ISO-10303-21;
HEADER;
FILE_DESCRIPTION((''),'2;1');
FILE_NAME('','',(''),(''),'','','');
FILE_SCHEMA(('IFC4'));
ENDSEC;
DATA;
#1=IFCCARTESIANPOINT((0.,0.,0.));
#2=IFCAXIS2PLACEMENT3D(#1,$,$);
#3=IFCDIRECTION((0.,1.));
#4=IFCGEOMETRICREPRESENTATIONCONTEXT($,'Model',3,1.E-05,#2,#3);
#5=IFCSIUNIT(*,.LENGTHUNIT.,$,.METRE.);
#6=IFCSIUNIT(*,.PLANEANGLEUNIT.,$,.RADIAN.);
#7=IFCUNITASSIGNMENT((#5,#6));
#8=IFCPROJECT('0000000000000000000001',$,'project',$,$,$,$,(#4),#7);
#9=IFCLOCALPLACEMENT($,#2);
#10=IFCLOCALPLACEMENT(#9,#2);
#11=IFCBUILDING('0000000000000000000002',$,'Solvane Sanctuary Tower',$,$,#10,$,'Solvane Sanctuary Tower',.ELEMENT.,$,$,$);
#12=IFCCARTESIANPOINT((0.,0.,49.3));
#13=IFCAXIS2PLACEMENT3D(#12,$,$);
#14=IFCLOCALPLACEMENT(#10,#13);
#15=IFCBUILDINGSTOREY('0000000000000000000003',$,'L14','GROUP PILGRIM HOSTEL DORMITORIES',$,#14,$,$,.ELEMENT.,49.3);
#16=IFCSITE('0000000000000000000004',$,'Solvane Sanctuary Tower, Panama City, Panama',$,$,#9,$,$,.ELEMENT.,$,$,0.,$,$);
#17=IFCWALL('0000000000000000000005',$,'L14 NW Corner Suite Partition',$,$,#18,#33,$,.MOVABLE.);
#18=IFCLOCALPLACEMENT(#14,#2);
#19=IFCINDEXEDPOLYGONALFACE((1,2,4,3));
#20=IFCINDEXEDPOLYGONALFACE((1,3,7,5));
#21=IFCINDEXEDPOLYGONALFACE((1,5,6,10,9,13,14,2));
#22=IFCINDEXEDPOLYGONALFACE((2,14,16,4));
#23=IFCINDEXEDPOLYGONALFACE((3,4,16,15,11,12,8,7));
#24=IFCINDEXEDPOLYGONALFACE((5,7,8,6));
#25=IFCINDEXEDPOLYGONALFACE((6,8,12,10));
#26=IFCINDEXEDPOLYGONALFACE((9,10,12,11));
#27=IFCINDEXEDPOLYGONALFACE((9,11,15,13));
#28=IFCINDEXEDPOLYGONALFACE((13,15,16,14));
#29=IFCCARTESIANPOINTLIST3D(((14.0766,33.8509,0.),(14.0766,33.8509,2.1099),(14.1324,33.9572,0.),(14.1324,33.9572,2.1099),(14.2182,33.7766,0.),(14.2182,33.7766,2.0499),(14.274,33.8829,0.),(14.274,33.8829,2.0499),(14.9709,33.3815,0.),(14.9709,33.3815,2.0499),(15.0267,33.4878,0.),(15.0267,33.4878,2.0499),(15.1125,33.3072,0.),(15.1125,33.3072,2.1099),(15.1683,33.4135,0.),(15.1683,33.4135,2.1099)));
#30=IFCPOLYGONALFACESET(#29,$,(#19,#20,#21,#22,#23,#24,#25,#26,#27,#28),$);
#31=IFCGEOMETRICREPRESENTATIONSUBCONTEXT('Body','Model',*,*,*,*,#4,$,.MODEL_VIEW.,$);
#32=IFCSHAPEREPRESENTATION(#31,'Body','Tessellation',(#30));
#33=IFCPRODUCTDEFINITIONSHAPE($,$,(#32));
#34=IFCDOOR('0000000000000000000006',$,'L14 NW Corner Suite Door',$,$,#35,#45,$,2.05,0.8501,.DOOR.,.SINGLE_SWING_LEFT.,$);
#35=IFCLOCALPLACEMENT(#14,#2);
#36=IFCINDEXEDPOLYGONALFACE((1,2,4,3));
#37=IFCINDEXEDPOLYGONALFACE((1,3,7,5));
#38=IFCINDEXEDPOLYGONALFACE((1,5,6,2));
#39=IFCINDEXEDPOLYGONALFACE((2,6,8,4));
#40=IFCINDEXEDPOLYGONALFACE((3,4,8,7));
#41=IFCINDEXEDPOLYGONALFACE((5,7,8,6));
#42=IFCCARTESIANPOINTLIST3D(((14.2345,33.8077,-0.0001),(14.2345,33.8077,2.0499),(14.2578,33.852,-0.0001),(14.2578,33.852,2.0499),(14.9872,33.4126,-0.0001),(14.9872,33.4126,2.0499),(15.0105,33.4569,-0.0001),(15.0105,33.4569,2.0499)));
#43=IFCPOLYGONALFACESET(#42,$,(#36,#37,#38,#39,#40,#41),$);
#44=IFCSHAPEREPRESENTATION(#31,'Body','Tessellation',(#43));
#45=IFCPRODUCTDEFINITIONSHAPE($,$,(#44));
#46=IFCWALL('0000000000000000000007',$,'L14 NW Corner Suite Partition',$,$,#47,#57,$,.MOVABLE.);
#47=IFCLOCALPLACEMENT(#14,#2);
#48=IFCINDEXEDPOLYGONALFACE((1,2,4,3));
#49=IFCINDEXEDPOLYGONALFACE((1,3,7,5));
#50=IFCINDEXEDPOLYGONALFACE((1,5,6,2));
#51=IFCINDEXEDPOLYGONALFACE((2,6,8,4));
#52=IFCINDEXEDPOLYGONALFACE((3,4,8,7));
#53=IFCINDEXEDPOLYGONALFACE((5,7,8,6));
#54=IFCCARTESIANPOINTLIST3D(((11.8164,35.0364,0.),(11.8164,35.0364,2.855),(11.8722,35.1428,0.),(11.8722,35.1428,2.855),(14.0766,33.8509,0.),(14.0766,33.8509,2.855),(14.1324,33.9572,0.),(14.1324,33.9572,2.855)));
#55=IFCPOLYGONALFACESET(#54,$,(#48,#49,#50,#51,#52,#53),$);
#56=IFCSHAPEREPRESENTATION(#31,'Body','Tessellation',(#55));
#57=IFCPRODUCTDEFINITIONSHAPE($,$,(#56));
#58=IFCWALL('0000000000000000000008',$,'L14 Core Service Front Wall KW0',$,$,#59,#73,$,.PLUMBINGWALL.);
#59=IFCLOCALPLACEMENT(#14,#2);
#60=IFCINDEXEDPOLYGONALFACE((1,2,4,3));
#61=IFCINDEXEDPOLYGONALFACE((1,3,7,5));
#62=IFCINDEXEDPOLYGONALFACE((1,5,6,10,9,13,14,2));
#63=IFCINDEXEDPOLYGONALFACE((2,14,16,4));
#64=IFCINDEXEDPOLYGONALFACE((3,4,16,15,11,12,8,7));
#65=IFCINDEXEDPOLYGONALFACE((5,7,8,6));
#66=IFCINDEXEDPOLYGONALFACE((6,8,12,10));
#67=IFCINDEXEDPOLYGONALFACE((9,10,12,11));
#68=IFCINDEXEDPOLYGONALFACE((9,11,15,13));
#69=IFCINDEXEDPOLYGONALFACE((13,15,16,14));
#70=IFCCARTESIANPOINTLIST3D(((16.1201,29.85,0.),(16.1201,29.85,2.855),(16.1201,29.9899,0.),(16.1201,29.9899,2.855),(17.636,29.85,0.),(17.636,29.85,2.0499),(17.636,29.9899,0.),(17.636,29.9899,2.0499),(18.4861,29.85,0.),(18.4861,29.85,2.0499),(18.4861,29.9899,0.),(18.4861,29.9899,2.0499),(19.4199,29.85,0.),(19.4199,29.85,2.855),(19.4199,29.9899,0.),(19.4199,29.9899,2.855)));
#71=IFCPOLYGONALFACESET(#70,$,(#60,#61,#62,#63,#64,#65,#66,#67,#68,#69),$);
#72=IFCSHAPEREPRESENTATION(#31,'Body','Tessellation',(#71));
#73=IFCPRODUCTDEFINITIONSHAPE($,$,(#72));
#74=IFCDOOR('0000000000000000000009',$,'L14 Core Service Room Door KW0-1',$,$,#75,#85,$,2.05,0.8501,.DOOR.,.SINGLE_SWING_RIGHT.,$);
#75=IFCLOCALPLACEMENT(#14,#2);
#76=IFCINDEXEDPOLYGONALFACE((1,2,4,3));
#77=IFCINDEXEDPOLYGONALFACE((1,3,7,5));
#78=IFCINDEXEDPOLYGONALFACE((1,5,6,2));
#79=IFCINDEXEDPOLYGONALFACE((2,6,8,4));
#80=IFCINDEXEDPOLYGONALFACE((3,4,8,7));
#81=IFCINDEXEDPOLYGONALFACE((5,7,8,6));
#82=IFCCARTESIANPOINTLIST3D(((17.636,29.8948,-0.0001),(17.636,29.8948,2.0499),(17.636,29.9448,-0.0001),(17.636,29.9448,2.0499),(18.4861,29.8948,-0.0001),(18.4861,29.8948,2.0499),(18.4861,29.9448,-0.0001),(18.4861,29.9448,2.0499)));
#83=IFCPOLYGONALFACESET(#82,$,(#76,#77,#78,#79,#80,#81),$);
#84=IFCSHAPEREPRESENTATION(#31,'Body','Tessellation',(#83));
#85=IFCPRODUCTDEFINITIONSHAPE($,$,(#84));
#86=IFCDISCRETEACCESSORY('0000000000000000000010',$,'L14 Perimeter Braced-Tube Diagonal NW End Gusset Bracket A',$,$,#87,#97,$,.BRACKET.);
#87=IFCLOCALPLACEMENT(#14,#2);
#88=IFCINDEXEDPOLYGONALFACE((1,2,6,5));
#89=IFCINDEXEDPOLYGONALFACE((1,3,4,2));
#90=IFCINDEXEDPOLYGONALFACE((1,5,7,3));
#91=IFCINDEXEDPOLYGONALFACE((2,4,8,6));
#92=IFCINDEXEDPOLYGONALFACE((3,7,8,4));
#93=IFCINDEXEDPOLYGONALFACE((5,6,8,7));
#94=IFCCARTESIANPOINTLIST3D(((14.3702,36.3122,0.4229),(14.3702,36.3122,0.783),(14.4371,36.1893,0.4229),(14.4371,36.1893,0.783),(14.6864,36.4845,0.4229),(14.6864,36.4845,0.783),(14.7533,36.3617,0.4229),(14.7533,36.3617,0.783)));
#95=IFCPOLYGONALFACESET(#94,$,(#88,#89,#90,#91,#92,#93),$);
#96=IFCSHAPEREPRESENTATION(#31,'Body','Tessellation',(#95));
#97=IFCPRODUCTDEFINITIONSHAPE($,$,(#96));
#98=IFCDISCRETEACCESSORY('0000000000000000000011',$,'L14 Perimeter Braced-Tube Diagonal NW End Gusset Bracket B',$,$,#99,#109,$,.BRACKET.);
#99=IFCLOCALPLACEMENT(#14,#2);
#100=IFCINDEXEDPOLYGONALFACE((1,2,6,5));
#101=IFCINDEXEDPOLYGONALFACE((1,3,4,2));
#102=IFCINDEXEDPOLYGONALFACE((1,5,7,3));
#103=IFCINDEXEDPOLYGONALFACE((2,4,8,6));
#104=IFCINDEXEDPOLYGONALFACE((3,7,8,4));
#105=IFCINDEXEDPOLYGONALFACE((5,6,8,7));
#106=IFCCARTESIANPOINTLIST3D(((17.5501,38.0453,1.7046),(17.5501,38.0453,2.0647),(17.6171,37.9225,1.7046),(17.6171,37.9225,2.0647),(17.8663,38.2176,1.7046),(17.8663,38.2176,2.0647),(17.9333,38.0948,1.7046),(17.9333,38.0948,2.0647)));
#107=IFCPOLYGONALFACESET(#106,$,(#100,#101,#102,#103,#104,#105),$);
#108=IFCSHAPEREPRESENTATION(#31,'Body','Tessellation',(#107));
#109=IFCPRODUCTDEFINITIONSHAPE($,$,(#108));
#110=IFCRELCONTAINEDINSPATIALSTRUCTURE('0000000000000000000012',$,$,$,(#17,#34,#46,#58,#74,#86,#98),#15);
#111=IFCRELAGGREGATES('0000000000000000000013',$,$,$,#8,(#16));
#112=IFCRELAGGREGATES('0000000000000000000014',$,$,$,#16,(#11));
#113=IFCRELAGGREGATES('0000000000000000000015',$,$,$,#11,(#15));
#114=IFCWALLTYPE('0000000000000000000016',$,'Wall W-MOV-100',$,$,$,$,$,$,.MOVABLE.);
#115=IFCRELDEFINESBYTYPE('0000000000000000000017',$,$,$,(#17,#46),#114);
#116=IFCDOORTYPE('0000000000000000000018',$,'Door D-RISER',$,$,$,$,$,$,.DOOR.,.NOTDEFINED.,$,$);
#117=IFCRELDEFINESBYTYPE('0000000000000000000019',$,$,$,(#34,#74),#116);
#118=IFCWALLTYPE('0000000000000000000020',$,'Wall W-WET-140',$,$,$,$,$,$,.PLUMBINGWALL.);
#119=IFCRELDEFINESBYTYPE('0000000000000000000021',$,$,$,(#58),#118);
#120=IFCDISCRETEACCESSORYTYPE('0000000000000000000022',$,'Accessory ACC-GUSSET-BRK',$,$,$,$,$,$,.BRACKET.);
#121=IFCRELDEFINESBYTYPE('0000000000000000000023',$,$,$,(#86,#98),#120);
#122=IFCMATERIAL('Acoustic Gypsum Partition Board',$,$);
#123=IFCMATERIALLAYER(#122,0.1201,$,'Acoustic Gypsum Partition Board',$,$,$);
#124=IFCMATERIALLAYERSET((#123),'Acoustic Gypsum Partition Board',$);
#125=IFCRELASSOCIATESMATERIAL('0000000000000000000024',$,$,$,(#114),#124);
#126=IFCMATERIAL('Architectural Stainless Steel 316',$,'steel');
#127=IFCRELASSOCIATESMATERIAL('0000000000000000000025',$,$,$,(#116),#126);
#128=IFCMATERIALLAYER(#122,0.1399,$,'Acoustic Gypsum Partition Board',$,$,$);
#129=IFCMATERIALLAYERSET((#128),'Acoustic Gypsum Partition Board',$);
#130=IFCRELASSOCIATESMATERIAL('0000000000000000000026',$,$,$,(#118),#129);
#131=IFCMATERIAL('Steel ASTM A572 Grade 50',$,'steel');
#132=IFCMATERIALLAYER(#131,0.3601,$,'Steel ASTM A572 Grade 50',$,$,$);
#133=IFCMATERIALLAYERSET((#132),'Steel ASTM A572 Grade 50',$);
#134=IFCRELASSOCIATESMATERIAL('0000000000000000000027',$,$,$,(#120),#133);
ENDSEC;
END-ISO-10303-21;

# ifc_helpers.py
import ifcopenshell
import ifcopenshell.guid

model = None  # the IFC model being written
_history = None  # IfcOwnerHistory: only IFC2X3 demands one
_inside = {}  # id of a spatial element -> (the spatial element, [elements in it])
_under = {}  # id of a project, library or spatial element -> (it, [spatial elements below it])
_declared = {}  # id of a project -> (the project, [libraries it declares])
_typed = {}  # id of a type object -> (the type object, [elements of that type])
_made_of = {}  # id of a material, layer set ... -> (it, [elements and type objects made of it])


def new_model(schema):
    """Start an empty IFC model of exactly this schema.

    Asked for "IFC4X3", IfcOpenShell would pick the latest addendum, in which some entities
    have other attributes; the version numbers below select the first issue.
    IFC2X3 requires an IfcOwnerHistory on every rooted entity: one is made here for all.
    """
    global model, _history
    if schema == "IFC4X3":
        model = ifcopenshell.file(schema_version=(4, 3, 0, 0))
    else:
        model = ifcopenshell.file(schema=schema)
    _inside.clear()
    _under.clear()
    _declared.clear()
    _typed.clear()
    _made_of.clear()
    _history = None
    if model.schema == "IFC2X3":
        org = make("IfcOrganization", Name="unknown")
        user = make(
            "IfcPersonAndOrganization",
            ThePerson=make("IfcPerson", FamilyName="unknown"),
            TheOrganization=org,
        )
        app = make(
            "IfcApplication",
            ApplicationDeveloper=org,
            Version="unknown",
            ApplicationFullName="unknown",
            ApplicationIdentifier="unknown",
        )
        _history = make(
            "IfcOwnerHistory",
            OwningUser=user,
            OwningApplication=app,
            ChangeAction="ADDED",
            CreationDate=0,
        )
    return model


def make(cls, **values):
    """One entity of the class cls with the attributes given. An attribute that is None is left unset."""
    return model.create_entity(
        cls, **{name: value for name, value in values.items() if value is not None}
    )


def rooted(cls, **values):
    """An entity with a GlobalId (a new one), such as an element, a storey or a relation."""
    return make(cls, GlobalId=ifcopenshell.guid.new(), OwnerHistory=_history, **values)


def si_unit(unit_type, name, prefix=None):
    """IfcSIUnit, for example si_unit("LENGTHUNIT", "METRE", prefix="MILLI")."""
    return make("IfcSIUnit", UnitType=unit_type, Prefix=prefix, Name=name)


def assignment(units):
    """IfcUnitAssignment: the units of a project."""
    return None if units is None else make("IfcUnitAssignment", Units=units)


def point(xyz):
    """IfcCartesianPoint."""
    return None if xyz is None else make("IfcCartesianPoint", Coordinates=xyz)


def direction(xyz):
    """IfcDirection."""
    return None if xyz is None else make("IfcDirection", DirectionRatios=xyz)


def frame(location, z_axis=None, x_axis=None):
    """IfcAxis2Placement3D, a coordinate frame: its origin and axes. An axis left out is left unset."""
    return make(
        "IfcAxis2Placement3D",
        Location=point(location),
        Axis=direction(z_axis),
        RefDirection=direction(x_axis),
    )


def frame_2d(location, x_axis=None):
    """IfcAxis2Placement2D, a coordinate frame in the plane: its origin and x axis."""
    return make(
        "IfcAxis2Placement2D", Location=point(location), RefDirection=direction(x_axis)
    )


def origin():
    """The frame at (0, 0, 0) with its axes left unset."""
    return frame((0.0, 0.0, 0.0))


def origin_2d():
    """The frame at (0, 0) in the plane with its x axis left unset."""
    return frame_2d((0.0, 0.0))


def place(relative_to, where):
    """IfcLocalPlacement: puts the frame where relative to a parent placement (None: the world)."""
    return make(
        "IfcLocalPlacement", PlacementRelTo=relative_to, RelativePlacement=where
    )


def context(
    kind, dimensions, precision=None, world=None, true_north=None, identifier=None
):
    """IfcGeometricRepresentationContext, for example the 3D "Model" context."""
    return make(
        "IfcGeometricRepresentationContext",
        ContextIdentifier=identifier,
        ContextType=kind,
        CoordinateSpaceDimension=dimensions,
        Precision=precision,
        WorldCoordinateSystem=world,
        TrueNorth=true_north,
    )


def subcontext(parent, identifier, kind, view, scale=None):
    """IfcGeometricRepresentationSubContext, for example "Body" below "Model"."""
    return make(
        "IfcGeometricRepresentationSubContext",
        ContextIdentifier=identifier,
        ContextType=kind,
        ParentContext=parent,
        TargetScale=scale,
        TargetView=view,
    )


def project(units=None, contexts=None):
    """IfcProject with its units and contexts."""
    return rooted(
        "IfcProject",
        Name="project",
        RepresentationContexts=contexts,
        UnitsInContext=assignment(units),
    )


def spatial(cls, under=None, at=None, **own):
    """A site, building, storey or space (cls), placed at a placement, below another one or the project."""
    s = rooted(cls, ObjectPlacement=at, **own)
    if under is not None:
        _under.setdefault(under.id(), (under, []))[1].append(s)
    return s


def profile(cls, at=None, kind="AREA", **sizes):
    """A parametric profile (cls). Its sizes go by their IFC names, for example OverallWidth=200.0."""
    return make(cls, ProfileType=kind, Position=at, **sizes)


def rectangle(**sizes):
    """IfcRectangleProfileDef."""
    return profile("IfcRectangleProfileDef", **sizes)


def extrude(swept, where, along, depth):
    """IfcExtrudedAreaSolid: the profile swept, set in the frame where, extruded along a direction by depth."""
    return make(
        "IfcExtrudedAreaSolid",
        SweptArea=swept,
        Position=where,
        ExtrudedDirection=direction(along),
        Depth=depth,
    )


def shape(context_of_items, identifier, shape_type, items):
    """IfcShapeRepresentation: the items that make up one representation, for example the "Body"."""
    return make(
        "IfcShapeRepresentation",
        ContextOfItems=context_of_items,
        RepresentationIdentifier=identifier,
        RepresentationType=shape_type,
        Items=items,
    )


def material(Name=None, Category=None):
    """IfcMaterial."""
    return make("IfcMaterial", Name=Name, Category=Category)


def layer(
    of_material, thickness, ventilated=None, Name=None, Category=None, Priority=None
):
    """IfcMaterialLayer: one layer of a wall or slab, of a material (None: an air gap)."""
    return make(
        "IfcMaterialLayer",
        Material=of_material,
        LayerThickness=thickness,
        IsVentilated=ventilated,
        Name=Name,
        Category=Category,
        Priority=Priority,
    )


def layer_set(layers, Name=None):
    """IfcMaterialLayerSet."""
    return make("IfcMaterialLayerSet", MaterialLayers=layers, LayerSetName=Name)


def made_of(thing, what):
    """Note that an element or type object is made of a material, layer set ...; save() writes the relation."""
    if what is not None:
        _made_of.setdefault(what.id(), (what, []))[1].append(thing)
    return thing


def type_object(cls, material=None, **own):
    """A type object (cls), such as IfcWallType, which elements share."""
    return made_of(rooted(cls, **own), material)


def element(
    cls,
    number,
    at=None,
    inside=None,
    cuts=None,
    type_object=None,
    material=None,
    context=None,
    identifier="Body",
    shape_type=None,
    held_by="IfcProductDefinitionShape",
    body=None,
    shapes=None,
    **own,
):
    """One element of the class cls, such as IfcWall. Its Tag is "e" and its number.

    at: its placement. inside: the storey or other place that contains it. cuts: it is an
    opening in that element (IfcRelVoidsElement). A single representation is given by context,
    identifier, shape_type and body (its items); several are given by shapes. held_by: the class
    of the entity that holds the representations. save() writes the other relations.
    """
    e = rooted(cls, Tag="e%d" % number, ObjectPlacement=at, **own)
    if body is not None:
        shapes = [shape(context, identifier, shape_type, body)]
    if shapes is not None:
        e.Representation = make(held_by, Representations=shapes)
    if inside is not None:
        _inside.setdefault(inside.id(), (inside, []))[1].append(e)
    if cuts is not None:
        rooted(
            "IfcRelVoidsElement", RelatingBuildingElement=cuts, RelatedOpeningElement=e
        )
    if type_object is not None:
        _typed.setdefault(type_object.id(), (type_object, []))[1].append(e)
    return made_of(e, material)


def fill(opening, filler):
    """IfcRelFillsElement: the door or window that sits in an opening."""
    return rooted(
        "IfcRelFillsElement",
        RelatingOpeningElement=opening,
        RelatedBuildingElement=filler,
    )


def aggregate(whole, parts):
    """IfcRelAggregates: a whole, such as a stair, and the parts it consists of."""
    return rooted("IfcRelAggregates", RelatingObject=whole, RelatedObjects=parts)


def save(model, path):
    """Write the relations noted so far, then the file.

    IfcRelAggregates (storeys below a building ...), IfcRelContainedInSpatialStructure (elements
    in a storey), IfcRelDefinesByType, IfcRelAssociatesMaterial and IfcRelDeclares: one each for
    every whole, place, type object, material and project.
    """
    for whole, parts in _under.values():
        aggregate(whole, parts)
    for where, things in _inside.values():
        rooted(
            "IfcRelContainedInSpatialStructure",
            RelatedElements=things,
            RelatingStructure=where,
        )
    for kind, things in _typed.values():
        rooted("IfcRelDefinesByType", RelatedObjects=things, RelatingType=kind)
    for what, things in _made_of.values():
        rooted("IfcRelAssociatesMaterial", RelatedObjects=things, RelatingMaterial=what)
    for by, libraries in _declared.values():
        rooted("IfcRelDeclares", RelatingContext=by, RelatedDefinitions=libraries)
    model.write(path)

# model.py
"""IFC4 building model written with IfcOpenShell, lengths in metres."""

from ifc_helpers import new_model, si_unit, direction, frame, frame_2d, origin, origin_2d, place, context, subcontext, project, spatial, rectangle, extrude, material, layer, layer_set, type_object, element, fill, save


model = new_model("IFC4")

# Units and contexts
model_context = context("Model", 3, precision=1e-05, world=origin(), true_north=direction((0.0, 1.0)))
body_context = subcontext(model_context, "Body", "Model", "MODEL_VIEW")
ifc_project = project(units=[si_unit("LENGTHUNIT", "METRE"), si_unit("PLANEANGLEUNIT", "RADIAN")], contexts=[model_context])

# Site, building, storey
site_placement = place(None, origin())
site = spatial("IfcSite", under=ifc_project, at=site_placement, Name="Solvane Sanctuary Tower, Panama City, Panama", CompositionType="ELEMENT", RefElevation=0.0)
building_placement = place(site_placement, origin())
building = spatial("IfcBuilding", under=site, at=building_placement, Name="Solvane Sanctuary Tower", LongName="Solvane Sanctuary Tower", CompositionType="ELEMENT")
storey_placement = place(building_placement, frame((0.0, 0.0, 49.3)))
storey = spatial("IfcBuildingStorey", under=building, at=storey_placement, Name="L14", Description="GROUP PILGRIM HOSTEL DORMITORIES", CompositionType="ELEMENT", Elevation=49.3)

# Shared definitions
ifc_material_1 = material(Name="Acoustic Gypsum Partition Board")

# Shared definitions
ifc_layer_1 = layer(ifc_material_1, 0.1201, Name="Acoustic Gypsum Partition Board")
ifc_layer_set_1 = layer_set([ifc_layer_1], Name="Acoustic Gypsum Partition Board")
wall_type_1 = type_object("IfcWallType", Name="Wall W-MOV-100", PredefinedType="MOVABLE", material=ifc_layer_set_1)

# Wall, opening, door
wall_1_placement = place(storey_placement, frame((15.1404, 33.3604, 0.0), z_axis=(0.0, 0.0, 1.0), x_axis=(-0.885447, 0.46474, 0.0)))
wall_1 = element("IfcWall", 1, at=wall_1_placement, inside=storey, type_object=wall_type_1, Name="L14 NW Corner Suite Partition", PredefinedType="MOVABLE", context=body_context, shape_type="SweptSolid", body=[
    extrude(rectangle(XDim=1.1699, YDim=0.1201, at=frame_2d((0.585, 0.0))), origin(), (0.0, 0.0, 1.0), 2.1099),
])
opening_1_placement = place(wall_1_placement, frame((0.1599, 0.0, 0.0)))
opening_1 = element("IfcOpeningElement", 2, at=opening_1_placement, cuts=wall_1, PredefinedType="OPENING", context=body_context, shape_type="SweptSolid", body=[
    extrude(rectangle(XDim=0.8501, YDim=2.05, at=frame_2d((0.425, 1.0249))), frame((0.0, 0.0701, 0.0), z_axis=(0.0, -1.0, 0.0), x_axis=(1.0, 0.0, 0.0)), (0.0, 0.0, 1.0), 0.1401),
])
ifc_material_2 = material(Name="Architectural Stainless Steel 316", Category="steel")
door_type_1 = type_object("IfcDoorType", Name="Door D-RISER", OperationType="NOTDEFINED", PredefinedType="DOOR", material=ifc_material_2)
door_1_placement = place(opening_1_placement, origin())
door_1 = element("IfcDoor", 3, at=door_1_placement, inside=storey, type_object=door_type_1, Name="L14 NW Corner Suite Door", OperationType="SINGLE_SWING_LEFT", OverallHeight=2.05, OverallWidth=0.8501, PredefinedType="DOOR", context=body_context, shape_type="SweptSolid", body=[
    extrude(rectangle(XDim=0.8501, YDim=2.05, at=frame_2d((0.425, 1.0249))), frame((0.0, 0.0249, 0.0), z_axis=(0.0, -1.0, 0.0), x_axis=(1.0, 0.0, 0.0)), (0.0, 0.0, 1.0), 0.05),
])
fill(opening_1, door_1)

# Wall
wall_2_placement = place(storey_placement, frame((14.1045, 33.9041, 0.0), z_axis=(0.0, 0.0, 1.0), x_axis=(-0.885573, 0.4645, 0.0)))
element("IfcWall", 4, at=wall_2_placement, inside=storey, type_object=wall_type_1, Name="L14 NW Corner Suite Partition", PredefinedType="MOVABLE", context=body_context, shape_type="SweptSolid", body=[
    extrude(rectangle(XDim=2.5522, YDim=0.1201, at=frame_2d((1.2761, 0.0))), origin(), (0.0, 0.0, 1.0), 2.855),
])

# Wall, opening, door
ifc_layer_2 = layer(ifc_material_1, 0.1399, Name="Acoustic Gypsum Partition Board")
ifc_layer_set_2 = layer_set([ifc_layer_2], Name="Acoustic Gypsum Partition Board")
wall_type_2 = type_object("IfcWallType", Name="Wall W-WET-140", PredefinedType="PLUMBINGWALL", material=ifc_layer_set_2)
wall_3_placement = place(storey_placement, frame((16.1201, 29.9199, 0.0), z_axis=(0.0, 0.0, 1.0), x_axis=(1.0, 0.0, 0.0)))
wall_3 = element("IfcWall", 5, at=wall_3_placement, inside=storey, type_object=wall_type_2, Name="L14 Core Service Front Wall KW0", PredefinedType="PLUMBINGWALL", context=body_context, shape_type="SweptSolid", body=[
    extrude(rectangle(XDim=3.2998, YDim=0.1399, at=frame_2d((1.6499, 0.0))), origin(), (0.0, 0.0, 1.0), 2.855),
])
opening_2_placement = place(wall_3_placement, frame((1.5159, 0.0, 0.0)))
opening_2 = element("IfcOpeningElement", 6, at=opening_2_placement, cuts=wall_3, PredefinedType="OPENING", context=body_context, shape_type="SweptSolid", body=[
    extrude(rectangle(XDim=0.8501, YDim=2.05, at=frame_2d((0.425, 1.0249))), frame((0.0, 0.0798, 0.0), z_axis=(0.0, -1.0, 0.0), x_axis=(1.0, 0.0, 0.0)), (0.0, 0.0, 1.0), 0.1599),
])
door_2_placement = place(opening_2_placement, origin())
door_2 = element("IfcDoor", 7, at=door_2_placement, inside=storey, type_object=door_type_1, Name="L14 Core Service Room Door KW0-1", OperationType="SINGLE_SWING_RIGHT", OverallHeight=2.05, OverallWidth=0.8501, PredefinedType="DOOR", context=body_context, shape_type="SweptSolid", body=[
    extrude(rectangle(XDim=0.8501, YDim=2.05, at=frame_2d((0.425, 1.0249))), frame((0.0, 0.0249, 0.0), z_axis=(0.0, -1.0, 0.0), x_axis=(1.0, 0.0, 0.0)), (0.0, 0.0, 1.0), 0.05),
])
fill(opening_2, door_2)

# Discrete accessories
ifc_material_3 = material(Name="Steel ASTM A572 Grade 50", Category="steel")
ifc_layer_3 = layer(ifc_material_3, 0.3601, Name="Steel ASTM A572 Grade 50")
ifc_layer_set_3 = layer_set([ifc_layer_3], Name="Steel ASTM A572 Grade 50")
discrete_accessory_type = type_object("IfcDiscreteAccessoryType", Name="Accessory ACC-GUSSET-BRK", PredefinedType="BRACKET", material=ifc_layer_set_3)
for number, where, z_axis, x_axis, name in (
    (8, (14.5618, 36.3369, 0.4229), (0.0, 0.0, 1.0), (0.878067, 0.478539, 0.0), "L14 Perimeter Braced-Tube Diagonal NW End Gusset Bracket A"),
    (9, (17.7417, 38.0701, 1.7046), (0.0, 0.0, 1.0), (0.878067, 0.478539, 0.0), "L14 Perimeter Braced-Tube Diagonal NW End Gusset Bracket B"),
):
    element("IfcDiscreteAccessory", number, at=place(storey_placement, frame(where, z_axis=z_axis, x_axis=x_axis)), inside=storey, type_object=discrete_accessory_type, Name=name, PredefinedType="BRACKET", context=body_context, shape_type="SweptSolid", body=[
        extrude(rectangle(XDim=0.3601, YDim=0.1399, at=origin_2d()), origin(), (0.0, 0.0, 1.0), 0.3601),
    ])

save(model, "model.ifc")
